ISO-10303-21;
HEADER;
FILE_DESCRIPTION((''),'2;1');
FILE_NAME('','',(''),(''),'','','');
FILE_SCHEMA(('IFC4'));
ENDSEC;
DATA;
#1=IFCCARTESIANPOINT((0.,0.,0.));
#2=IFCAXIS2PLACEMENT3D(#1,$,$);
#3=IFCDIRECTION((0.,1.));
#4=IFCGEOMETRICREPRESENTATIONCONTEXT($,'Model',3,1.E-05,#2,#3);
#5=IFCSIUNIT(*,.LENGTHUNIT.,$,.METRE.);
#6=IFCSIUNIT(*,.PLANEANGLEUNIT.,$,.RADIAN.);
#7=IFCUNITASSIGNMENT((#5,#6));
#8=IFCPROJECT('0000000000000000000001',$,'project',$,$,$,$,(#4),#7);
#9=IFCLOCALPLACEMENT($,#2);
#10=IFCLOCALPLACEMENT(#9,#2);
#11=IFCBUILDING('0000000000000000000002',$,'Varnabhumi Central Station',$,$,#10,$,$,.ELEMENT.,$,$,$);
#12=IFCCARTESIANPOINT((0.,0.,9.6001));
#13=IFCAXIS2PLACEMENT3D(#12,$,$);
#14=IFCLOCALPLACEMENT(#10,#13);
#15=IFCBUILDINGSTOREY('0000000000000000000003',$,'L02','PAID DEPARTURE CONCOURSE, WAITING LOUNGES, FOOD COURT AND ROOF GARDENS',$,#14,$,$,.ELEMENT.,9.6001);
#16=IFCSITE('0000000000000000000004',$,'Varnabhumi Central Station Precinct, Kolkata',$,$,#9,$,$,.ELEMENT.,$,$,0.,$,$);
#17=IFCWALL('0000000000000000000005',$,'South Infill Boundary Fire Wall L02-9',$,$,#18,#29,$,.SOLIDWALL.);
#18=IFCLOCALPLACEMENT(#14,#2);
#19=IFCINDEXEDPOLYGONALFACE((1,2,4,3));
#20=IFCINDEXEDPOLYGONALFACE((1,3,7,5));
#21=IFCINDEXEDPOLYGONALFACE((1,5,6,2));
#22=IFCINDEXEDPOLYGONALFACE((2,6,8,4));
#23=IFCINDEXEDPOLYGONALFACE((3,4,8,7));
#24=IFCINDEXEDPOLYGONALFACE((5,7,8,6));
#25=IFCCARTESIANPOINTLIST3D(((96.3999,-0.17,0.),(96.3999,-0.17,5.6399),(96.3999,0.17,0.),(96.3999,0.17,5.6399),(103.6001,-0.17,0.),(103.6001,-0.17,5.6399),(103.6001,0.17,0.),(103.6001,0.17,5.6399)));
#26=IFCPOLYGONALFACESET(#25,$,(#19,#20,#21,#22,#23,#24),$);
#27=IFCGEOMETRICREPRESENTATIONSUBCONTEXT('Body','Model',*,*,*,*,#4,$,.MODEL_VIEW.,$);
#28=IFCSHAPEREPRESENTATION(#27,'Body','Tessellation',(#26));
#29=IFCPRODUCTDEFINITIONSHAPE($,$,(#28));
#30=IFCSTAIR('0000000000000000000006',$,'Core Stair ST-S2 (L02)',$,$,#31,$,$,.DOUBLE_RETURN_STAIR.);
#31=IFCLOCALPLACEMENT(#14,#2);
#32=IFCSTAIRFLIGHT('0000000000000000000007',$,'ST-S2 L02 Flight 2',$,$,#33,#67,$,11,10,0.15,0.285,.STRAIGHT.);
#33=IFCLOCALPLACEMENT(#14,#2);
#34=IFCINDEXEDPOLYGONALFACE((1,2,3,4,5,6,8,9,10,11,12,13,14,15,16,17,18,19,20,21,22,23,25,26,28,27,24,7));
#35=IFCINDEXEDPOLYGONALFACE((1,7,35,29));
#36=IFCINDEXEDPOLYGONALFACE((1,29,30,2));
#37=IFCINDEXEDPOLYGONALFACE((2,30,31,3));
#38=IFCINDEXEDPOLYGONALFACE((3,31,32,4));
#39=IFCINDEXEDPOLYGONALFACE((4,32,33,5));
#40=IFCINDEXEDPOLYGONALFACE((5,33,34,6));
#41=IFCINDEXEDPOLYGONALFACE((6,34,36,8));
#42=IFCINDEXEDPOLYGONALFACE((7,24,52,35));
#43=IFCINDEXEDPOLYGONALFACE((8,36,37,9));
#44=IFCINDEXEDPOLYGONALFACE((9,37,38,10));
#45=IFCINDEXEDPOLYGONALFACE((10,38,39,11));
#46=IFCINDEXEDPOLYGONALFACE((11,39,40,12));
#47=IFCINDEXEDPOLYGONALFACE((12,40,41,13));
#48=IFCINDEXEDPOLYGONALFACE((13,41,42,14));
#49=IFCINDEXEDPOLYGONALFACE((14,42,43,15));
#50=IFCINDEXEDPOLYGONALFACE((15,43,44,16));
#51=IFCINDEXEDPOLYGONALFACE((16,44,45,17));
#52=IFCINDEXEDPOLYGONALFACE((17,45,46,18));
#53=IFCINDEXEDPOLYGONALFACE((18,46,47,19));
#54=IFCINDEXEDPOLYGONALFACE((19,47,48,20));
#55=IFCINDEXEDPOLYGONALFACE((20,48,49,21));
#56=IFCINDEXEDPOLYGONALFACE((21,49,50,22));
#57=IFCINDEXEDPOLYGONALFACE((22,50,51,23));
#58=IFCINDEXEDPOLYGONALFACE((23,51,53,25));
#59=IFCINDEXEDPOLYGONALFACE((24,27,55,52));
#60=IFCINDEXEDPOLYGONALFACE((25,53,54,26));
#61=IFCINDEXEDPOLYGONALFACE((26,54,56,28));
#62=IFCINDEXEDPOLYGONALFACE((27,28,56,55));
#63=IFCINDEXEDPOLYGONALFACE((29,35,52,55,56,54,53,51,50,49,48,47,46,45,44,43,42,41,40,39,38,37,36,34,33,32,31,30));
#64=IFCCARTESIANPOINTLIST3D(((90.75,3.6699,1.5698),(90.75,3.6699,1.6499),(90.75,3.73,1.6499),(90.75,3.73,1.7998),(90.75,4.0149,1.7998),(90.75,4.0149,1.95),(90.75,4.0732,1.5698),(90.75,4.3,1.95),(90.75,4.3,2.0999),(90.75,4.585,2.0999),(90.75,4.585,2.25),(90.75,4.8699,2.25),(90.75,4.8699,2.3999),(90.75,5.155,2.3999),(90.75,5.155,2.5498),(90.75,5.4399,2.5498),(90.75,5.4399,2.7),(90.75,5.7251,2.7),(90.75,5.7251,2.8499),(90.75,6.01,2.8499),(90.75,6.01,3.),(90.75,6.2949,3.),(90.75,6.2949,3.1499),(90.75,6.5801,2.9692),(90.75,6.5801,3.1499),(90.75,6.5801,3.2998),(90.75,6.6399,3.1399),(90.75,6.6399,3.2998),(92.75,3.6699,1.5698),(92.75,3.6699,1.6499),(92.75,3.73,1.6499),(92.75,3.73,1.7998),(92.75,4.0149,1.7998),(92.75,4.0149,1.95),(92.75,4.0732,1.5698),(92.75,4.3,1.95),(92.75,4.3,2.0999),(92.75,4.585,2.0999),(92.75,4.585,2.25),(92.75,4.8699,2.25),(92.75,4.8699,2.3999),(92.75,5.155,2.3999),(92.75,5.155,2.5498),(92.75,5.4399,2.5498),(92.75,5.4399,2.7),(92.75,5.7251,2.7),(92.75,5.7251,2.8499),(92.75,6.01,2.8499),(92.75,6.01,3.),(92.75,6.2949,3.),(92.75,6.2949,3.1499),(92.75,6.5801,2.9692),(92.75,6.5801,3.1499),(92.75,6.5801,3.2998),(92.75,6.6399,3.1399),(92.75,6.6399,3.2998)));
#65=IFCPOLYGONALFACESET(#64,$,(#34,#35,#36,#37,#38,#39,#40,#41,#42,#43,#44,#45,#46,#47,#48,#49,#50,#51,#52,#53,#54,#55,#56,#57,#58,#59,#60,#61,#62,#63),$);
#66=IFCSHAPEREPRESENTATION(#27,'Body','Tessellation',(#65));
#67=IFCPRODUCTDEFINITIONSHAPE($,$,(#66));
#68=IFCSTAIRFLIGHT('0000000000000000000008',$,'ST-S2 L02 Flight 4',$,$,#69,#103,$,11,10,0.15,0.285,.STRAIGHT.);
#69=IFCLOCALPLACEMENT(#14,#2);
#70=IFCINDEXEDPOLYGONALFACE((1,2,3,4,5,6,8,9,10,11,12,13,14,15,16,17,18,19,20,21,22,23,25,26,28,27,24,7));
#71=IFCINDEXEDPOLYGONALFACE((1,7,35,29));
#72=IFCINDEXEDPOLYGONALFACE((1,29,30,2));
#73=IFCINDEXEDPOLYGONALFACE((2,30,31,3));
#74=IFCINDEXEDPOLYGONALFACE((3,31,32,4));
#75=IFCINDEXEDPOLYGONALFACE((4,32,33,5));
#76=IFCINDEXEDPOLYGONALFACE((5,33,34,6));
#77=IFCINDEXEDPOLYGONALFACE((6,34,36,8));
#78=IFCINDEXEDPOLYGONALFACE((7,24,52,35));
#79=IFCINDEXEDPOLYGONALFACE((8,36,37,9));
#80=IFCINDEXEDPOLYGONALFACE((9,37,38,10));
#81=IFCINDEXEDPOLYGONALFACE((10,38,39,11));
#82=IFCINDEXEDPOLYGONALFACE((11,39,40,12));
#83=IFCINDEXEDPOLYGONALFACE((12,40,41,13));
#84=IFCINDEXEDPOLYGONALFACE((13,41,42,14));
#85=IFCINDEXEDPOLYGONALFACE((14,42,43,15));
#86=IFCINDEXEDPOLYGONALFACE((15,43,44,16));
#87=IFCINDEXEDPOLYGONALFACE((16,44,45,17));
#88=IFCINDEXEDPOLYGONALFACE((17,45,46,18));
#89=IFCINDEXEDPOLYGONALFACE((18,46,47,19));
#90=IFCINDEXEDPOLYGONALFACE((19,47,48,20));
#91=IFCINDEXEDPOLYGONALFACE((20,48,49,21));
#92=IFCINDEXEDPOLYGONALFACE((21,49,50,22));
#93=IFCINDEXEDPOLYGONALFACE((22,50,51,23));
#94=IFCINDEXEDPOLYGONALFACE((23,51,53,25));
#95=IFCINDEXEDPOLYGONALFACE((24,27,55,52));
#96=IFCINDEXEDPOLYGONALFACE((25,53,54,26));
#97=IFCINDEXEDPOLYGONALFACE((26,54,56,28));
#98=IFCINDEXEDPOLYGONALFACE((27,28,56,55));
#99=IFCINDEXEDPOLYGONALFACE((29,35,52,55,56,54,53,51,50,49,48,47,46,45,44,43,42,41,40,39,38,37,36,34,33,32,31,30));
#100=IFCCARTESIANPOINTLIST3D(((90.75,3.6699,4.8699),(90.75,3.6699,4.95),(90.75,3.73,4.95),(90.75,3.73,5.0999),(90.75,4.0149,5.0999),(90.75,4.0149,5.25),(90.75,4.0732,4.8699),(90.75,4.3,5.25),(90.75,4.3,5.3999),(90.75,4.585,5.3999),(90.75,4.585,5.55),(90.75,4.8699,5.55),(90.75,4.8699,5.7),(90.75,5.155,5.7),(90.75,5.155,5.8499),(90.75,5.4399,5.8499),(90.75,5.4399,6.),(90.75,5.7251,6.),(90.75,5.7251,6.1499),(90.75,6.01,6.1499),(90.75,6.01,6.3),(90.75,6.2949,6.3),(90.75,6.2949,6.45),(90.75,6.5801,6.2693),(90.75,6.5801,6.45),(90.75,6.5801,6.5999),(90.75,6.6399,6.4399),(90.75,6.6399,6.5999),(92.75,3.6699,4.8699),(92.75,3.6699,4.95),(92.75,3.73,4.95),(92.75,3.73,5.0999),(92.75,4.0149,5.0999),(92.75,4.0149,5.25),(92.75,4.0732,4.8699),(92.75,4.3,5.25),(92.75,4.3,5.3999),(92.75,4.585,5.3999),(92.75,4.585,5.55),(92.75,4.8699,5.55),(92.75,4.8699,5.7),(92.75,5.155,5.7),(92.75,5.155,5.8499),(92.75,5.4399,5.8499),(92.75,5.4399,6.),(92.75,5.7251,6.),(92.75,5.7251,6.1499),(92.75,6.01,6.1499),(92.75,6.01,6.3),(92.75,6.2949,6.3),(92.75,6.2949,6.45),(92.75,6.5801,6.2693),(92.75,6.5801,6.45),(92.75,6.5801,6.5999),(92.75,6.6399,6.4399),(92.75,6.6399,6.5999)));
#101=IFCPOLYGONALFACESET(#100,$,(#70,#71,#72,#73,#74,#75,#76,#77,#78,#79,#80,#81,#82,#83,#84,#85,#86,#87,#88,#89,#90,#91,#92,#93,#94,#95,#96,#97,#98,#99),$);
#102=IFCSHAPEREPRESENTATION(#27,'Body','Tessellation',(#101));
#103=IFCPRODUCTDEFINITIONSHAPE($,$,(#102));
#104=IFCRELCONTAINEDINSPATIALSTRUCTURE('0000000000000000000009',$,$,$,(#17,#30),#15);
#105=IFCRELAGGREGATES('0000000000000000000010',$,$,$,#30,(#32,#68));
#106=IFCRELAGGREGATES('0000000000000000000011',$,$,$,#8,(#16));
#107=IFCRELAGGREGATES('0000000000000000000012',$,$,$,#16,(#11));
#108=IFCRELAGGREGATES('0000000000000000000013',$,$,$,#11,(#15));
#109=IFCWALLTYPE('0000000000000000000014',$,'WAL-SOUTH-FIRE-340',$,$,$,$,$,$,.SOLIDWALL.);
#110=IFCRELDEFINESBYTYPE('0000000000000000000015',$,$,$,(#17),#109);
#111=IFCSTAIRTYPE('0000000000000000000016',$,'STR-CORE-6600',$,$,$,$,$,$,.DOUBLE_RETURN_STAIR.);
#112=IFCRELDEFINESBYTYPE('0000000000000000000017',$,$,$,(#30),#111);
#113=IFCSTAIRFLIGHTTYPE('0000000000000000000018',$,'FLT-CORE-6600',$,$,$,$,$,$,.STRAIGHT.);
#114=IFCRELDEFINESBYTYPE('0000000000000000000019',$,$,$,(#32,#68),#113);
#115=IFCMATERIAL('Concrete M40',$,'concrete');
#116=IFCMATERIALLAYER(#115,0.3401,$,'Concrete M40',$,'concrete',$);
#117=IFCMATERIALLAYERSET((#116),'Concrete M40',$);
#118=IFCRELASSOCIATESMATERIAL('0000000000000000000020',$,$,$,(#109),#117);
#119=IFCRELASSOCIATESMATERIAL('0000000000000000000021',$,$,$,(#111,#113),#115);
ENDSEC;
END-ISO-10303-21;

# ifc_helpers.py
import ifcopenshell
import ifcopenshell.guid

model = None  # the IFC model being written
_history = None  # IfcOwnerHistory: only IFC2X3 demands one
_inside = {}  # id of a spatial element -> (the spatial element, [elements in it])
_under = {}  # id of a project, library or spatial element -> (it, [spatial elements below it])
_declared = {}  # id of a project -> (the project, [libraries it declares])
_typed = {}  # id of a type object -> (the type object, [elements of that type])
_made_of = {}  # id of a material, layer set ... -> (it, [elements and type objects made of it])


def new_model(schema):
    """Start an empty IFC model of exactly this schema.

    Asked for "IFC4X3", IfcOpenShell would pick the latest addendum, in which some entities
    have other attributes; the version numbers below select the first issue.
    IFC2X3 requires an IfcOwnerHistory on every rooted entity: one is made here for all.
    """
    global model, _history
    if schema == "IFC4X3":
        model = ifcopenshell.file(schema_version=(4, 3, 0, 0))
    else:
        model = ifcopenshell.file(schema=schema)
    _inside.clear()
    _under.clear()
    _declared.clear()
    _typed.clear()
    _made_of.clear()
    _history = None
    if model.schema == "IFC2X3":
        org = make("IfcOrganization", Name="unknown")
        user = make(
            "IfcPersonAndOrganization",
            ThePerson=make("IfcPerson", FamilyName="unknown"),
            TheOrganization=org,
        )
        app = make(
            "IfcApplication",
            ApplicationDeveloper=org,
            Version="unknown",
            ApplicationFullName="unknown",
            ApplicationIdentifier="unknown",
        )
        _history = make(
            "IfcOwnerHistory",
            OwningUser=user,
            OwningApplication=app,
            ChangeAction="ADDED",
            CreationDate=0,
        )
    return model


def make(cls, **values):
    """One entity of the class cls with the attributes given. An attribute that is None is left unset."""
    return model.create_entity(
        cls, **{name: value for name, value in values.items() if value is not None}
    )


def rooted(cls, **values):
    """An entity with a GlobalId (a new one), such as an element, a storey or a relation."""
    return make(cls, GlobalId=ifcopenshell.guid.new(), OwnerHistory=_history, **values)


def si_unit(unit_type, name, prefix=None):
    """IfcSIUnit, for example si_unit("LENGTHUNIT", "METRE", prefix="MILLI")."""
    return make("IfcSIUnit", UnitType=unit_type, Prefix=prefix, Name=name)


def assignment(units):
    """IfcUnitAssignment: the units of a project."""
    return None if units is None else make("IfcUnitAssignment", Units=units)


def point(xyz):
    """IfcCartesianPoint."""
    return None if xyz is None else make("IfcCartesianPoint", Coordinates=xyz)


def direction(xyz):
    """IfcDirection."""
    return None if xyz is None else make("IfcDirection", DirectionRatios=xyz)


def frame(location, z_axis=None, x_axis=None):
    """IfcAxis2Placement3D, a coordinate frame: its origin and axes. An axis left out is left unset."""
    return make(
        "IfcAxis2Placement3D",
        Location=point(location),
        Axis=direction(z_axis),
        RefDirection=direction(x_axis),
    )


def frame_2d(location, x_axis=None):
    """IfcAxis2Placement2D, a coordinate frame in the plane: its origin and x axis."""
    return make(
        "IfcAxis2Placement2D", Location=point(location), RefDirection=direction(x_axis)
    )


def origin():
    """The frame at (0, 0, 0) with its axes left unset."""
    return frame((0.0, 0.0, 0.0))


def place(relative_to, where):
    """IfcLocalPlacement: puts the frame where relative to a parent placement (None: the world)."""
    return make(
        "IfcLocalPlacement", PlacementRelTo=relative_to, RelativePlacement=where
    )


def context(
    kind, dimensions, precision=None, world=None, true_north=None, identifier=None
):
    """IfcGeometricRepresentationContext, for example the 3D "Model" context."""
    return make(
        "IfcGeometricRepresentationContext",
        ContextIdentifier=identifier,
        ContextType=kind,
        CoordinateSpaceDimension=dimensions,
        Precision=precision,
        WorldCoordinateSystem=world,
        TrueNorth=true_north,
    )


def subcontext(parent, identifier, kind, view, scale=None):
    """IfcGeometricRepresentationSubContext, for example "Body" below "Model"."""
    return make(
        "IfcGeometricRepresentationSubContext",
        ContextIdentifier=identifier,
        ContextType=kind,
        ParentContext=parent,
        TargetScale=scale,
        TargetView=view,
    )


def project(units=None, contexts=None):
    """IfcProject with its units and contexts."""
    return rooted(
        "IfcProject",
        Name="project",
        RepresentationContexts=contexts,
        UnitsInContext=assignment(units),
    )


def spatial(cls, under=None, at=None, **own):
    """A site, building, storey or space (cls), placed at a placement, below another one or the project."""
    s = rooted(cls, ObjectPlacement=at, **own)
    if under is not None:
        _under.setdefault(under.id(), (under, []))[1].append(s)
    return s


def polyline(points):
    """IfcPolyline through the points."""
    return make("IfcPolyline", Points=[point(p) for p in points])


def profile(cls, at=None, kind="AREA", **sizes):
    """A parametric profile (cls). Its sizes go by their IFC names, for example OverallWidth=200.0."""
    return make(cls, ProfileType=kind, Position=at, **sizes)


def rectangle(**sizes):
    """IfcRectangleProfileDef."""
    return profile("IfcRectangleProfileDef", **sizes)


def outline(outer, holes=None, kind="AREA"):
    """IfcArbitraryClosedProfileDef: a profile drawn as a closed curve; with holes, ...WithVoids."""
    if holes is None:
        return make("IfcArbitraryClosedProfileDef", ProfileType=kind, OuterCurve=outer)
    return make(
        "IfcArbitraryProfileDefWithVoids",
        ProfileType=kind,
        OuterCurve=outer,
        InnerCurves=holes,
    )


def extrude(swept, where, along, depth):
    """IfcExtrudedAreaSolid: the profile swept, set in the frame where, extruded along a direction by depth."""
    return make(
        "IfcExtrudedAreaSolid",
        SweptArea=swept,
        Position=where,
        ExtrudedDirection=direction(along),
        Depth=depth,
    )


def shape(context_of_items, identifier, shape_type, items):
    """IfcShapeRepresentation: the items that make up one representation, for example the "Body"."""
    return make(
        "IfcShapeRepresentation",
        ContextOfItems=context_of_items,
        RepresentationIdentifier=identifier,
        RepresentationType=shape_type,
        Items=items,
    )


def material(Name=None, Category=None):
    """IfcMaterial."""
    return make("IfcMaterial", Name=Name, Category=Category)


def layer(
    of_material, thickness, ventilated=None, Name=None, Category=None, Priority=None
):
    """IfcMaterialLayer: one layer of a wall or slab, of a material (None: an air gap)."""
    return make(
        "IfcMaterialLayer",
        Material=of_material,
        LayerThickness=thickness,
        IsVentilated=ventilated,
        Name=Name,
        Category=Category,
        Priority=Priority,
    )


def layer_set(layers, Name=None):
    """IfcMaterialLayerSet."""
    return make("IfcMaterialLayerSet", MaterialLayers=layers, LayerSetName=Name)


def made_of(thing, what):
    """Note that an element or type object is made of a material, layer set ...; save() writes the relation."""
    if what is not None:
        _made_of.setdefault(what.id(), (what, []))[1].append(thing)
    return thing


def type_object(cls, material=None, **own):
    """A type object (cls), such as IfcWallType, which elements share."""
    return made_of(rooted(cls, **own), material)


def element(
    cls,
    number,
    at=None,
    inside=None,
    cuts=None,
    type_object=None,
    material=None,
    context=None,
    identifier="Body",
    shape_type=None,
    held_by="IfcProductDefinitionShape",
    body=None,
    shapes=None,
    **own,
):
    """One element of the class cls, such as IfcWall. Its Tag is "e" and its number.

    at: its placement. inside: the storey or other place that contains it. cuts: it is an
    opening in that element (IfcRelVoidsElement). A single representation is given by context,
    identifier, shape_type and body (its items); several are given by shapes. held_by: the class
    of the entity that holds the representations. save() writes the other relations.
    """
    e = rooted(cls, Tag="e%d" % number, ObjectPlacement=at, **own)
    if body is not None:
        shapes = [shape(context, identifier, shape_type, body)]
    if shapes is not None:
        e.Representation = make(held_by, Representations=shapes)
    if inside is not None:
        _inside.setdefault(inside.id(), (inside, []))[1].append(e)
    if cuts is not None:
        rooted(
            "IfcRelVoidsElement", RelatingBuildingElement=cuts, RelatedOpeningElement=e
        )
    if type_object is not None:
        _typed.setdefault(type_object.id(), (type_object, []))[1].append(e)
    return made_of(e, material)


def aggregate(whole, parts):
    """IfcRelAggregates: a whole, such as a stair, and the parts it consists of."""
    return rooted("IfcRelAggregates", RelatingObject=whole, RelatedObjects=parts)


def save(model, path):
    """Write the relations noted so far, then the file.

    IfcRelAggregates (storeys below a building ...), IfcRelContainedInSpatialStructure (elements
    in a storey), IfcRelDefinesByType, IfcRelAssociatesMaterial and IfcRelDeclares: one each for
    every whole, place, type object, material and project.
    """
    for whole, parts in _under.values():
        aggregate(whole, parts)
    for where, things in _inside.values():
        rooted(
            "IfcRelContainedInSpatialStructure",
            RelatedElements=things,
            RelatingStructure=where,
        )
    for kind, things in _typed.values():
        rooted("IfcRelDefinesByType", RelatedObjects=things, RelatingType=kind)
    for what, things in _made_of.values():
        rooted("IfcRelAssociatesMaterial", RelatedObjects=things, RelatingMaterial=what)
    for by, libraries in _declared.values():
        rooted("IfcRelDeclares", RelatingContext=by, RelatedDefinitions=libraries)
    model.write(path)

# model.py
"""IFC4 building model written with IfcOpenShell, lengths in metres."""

from ifc_helpers import new_model, si_unit, direction, frame, frame_2d, origin, place, context, subcontext, project, spatial, polyline, rectangle, outline, extrude, material, layer, layer_set, type_object, element, aggregate, save


model = new_model("IFC4")

# Units and contexts
model_context = context("Model", 3, precision=1e-05, world=origin(), true_north=direction((0.0, 1.0)))
body_context = subcontext(model_context, "Body", "Model", "MODEL_VIEW")
ifc_project = project(units=[si_unit("LENGTHUNIT", "METRE"), si_unit("PLANEANGLEUNIT", "RADIAN")], contexts=[model_context])

# Site, building, storey
site_placement = place(None, origin())
site = spatial("IfcSite", under=ifc_project, at=site_placement, Name="Varnabhumi Central Station Precinct, Kolkata", CompositionType="ELEMENT", RefElevation=0.0)
building_placement = place(site_placement, origin())
building = spatial("IfcBuilding", under=site, at=building_placement, Name="Varnabhumi Central Station", CompositionType="ELEMENT")
storey_placement = place(building_placement, frame((0.0, 0.0, 9.6001)))
storey = spatial("IfcBuildingStorey", under=building, at=storey_placement, Name="L02", Description="PAID DEPARTURE CONCOURSE, WAITING LOUNGES, FOOD COURT AND ROOF GARDENS", CompositionType="ELEMENT", Elevation=9.6001)

# Shared definitions
ifc_material_1 = material(Name="Concrete M40", Category="concrete")

# Wall
ifc_layer_1 = layer(ifc_material_1, 0.3401, Name="Concrete M40", Category="concrete")
ifc_layer_set_1 = layer_set([ifc_layer_1], Name="Concrete M40")
wall_type_1 = type_object("IfcWallType", Name="WAL-SOUTH-FIRE-340", PredefinedType="SOLIDWALL", material=ifc_layer_set_1)
wall_1_placement = place(storey_placement, frame((96.3999, 0.0, 0.0), z_axis=(0.0, 0.0, 1.0), x_axis=(1.0, 0.0, 0.0)))
element("IfcWall", 1, at=wall_1_placement, inside=storey, type_object=wall_type_1, Name="South Infill Boundary Fire Wall L02-9", PredefinedType="SOLIDWALL", context=body_context, shape_type="SweptSolid", body=[
    extrude(rectangle(XDim=7.2002, YDim=0.3401, at=frame_2d((3.6001, 0.0))), origin(), (0.0, 0.0, 1.0), 5.6399),
])

# Stair, stair flights
stair_type = type_object("IfcStairType", Name="STR-CORE-6600", PredefinedType="DOUBLE_RETURN_STAIR", material=ifc_material_1)
stair_placement = place(storey_placement, origin())
stair = element("IfcStair", 2, at=stair_placement, inside=storey, type_object=stair_type, Name="Core Stair ST-S2 (L02)", PredefinedType="DOUBLE_RETURN_STAIR")
stair_flight_type = type_object("IfcStairFlightType", Name="FLT-CORE-6600", PredefinedType="STRAIGHT", material=ifc_material_1)
stair_flight_1_placement = place(storey_placement, frame((91.75, 3.73, 1.6499), z_axis=(0.0, 0.0, 1.0), x_axis=(0.0, 1.0, 0.0)))
stair_flight_1 = element("IfcStairFlight", 3, at=stair_flight_1_placement, type_object=stair_flight_type, Name="ST-S2 L02 Flight 2", NumberOfRisers=11, NumberOfTreads=10, PredefinedType="STRAIGHT", RiserHeight=0.15, TreadLength=0.285, context=body_context, shape_type="SweptSolid", body=[
    extrude(outline(polyline([(-0.0601, -0.0801), (-0.0601, 0.0), (0.0, 0.0), (0.0, 0.1499), (0.2849, 0.1499), (0.2849, 0.3), (0.5701, 0.3), (0.5701, 0.45), (0.855, 0.45), (0.855, 0.6001), (1.1399, 0.6001), (1.1399, 0.75), (1.425, 0.75), (1.425, 0.8999), (1.71, 0.8999), (1.71, 1.05), (1.9951, 1.05), (1.9951, 1.2), (2.28, 1.2), (2.28, 1.3501), (2.5649, 1.3501), (2.5649, 1.5), (2.8501, 1.5), (2.8501, 1.6499), (2.9099, 1.6499), (2.9099, 1.49), (2.8501, 1.3193), (0.3433, -0.0801), (-0.0601, -0.0801)])), frame((0.0, 1.0, 0.0), z_axis=(0.0, -1.0, 0.0), x_axis=(1.0, 0.0, 0.0)), (0.0, 0.0, 1.0), 2.0),
])
stair_flight_2_placement = place(storey_placement, frame((91.75, 3.73, 4.95), z_axis=(0.0, 0.0, 1.0), x_axis=(0.0, 1.0, 0.0)))
stair_flight_2 = element("IfcStairFlight", 4, at=stair_flight_2_placement, type_object=stair_flight_type, Name="ST-S2 L02 Flight 4", NumberOfRisers=11, NumberOfTreads=10, PredefinedType="STRAIGHT", RiserHeight=0.15, TreadLength=0.285, context=body_context, shape_type="SweptSolid", body=[
    extrude(outline(polyline([(-0.0601, -0.0801), (-0.0601, 0.0), (0.0, 0.0), (0.0, 0.1499), (0.2849, 0.1499), (0.2849, 0.3), (0.5701, 0.3), (0.5701, 0.45), (0.855, 0.45), (0.855, 0.6001), (1.1399, 0.6001), (1.1399, 0.75), (1.425, 0.75), (1.425, 0.8999), (1.71, 0.8999), (1.71, 1.05), (1.9951, 1.05), (1.9951, 1.2), (2.28, 1.2), (2.28, 1.3501), (2.5649, 1.3501), (2.5649, 1.5), (2.8501, 1.5), (2.8501, 1.6499), (2.9099, 1.6499), (2.9099, 1.49), (2.8501, 1.3193), (0.3433, -0.0801), (-0.0601, -0.0801)])), frame((0.0, 1.0, 0.0), z_axis=(0.0, -1.0, 0.0), x_axis=(1.0, 0.0, 0.0)), (0.0, 0.0, 1.0), 2.0),
])
aggregate(stair, [stair_flight_1, stair_flight_2])

save(model, "model.ifc")
